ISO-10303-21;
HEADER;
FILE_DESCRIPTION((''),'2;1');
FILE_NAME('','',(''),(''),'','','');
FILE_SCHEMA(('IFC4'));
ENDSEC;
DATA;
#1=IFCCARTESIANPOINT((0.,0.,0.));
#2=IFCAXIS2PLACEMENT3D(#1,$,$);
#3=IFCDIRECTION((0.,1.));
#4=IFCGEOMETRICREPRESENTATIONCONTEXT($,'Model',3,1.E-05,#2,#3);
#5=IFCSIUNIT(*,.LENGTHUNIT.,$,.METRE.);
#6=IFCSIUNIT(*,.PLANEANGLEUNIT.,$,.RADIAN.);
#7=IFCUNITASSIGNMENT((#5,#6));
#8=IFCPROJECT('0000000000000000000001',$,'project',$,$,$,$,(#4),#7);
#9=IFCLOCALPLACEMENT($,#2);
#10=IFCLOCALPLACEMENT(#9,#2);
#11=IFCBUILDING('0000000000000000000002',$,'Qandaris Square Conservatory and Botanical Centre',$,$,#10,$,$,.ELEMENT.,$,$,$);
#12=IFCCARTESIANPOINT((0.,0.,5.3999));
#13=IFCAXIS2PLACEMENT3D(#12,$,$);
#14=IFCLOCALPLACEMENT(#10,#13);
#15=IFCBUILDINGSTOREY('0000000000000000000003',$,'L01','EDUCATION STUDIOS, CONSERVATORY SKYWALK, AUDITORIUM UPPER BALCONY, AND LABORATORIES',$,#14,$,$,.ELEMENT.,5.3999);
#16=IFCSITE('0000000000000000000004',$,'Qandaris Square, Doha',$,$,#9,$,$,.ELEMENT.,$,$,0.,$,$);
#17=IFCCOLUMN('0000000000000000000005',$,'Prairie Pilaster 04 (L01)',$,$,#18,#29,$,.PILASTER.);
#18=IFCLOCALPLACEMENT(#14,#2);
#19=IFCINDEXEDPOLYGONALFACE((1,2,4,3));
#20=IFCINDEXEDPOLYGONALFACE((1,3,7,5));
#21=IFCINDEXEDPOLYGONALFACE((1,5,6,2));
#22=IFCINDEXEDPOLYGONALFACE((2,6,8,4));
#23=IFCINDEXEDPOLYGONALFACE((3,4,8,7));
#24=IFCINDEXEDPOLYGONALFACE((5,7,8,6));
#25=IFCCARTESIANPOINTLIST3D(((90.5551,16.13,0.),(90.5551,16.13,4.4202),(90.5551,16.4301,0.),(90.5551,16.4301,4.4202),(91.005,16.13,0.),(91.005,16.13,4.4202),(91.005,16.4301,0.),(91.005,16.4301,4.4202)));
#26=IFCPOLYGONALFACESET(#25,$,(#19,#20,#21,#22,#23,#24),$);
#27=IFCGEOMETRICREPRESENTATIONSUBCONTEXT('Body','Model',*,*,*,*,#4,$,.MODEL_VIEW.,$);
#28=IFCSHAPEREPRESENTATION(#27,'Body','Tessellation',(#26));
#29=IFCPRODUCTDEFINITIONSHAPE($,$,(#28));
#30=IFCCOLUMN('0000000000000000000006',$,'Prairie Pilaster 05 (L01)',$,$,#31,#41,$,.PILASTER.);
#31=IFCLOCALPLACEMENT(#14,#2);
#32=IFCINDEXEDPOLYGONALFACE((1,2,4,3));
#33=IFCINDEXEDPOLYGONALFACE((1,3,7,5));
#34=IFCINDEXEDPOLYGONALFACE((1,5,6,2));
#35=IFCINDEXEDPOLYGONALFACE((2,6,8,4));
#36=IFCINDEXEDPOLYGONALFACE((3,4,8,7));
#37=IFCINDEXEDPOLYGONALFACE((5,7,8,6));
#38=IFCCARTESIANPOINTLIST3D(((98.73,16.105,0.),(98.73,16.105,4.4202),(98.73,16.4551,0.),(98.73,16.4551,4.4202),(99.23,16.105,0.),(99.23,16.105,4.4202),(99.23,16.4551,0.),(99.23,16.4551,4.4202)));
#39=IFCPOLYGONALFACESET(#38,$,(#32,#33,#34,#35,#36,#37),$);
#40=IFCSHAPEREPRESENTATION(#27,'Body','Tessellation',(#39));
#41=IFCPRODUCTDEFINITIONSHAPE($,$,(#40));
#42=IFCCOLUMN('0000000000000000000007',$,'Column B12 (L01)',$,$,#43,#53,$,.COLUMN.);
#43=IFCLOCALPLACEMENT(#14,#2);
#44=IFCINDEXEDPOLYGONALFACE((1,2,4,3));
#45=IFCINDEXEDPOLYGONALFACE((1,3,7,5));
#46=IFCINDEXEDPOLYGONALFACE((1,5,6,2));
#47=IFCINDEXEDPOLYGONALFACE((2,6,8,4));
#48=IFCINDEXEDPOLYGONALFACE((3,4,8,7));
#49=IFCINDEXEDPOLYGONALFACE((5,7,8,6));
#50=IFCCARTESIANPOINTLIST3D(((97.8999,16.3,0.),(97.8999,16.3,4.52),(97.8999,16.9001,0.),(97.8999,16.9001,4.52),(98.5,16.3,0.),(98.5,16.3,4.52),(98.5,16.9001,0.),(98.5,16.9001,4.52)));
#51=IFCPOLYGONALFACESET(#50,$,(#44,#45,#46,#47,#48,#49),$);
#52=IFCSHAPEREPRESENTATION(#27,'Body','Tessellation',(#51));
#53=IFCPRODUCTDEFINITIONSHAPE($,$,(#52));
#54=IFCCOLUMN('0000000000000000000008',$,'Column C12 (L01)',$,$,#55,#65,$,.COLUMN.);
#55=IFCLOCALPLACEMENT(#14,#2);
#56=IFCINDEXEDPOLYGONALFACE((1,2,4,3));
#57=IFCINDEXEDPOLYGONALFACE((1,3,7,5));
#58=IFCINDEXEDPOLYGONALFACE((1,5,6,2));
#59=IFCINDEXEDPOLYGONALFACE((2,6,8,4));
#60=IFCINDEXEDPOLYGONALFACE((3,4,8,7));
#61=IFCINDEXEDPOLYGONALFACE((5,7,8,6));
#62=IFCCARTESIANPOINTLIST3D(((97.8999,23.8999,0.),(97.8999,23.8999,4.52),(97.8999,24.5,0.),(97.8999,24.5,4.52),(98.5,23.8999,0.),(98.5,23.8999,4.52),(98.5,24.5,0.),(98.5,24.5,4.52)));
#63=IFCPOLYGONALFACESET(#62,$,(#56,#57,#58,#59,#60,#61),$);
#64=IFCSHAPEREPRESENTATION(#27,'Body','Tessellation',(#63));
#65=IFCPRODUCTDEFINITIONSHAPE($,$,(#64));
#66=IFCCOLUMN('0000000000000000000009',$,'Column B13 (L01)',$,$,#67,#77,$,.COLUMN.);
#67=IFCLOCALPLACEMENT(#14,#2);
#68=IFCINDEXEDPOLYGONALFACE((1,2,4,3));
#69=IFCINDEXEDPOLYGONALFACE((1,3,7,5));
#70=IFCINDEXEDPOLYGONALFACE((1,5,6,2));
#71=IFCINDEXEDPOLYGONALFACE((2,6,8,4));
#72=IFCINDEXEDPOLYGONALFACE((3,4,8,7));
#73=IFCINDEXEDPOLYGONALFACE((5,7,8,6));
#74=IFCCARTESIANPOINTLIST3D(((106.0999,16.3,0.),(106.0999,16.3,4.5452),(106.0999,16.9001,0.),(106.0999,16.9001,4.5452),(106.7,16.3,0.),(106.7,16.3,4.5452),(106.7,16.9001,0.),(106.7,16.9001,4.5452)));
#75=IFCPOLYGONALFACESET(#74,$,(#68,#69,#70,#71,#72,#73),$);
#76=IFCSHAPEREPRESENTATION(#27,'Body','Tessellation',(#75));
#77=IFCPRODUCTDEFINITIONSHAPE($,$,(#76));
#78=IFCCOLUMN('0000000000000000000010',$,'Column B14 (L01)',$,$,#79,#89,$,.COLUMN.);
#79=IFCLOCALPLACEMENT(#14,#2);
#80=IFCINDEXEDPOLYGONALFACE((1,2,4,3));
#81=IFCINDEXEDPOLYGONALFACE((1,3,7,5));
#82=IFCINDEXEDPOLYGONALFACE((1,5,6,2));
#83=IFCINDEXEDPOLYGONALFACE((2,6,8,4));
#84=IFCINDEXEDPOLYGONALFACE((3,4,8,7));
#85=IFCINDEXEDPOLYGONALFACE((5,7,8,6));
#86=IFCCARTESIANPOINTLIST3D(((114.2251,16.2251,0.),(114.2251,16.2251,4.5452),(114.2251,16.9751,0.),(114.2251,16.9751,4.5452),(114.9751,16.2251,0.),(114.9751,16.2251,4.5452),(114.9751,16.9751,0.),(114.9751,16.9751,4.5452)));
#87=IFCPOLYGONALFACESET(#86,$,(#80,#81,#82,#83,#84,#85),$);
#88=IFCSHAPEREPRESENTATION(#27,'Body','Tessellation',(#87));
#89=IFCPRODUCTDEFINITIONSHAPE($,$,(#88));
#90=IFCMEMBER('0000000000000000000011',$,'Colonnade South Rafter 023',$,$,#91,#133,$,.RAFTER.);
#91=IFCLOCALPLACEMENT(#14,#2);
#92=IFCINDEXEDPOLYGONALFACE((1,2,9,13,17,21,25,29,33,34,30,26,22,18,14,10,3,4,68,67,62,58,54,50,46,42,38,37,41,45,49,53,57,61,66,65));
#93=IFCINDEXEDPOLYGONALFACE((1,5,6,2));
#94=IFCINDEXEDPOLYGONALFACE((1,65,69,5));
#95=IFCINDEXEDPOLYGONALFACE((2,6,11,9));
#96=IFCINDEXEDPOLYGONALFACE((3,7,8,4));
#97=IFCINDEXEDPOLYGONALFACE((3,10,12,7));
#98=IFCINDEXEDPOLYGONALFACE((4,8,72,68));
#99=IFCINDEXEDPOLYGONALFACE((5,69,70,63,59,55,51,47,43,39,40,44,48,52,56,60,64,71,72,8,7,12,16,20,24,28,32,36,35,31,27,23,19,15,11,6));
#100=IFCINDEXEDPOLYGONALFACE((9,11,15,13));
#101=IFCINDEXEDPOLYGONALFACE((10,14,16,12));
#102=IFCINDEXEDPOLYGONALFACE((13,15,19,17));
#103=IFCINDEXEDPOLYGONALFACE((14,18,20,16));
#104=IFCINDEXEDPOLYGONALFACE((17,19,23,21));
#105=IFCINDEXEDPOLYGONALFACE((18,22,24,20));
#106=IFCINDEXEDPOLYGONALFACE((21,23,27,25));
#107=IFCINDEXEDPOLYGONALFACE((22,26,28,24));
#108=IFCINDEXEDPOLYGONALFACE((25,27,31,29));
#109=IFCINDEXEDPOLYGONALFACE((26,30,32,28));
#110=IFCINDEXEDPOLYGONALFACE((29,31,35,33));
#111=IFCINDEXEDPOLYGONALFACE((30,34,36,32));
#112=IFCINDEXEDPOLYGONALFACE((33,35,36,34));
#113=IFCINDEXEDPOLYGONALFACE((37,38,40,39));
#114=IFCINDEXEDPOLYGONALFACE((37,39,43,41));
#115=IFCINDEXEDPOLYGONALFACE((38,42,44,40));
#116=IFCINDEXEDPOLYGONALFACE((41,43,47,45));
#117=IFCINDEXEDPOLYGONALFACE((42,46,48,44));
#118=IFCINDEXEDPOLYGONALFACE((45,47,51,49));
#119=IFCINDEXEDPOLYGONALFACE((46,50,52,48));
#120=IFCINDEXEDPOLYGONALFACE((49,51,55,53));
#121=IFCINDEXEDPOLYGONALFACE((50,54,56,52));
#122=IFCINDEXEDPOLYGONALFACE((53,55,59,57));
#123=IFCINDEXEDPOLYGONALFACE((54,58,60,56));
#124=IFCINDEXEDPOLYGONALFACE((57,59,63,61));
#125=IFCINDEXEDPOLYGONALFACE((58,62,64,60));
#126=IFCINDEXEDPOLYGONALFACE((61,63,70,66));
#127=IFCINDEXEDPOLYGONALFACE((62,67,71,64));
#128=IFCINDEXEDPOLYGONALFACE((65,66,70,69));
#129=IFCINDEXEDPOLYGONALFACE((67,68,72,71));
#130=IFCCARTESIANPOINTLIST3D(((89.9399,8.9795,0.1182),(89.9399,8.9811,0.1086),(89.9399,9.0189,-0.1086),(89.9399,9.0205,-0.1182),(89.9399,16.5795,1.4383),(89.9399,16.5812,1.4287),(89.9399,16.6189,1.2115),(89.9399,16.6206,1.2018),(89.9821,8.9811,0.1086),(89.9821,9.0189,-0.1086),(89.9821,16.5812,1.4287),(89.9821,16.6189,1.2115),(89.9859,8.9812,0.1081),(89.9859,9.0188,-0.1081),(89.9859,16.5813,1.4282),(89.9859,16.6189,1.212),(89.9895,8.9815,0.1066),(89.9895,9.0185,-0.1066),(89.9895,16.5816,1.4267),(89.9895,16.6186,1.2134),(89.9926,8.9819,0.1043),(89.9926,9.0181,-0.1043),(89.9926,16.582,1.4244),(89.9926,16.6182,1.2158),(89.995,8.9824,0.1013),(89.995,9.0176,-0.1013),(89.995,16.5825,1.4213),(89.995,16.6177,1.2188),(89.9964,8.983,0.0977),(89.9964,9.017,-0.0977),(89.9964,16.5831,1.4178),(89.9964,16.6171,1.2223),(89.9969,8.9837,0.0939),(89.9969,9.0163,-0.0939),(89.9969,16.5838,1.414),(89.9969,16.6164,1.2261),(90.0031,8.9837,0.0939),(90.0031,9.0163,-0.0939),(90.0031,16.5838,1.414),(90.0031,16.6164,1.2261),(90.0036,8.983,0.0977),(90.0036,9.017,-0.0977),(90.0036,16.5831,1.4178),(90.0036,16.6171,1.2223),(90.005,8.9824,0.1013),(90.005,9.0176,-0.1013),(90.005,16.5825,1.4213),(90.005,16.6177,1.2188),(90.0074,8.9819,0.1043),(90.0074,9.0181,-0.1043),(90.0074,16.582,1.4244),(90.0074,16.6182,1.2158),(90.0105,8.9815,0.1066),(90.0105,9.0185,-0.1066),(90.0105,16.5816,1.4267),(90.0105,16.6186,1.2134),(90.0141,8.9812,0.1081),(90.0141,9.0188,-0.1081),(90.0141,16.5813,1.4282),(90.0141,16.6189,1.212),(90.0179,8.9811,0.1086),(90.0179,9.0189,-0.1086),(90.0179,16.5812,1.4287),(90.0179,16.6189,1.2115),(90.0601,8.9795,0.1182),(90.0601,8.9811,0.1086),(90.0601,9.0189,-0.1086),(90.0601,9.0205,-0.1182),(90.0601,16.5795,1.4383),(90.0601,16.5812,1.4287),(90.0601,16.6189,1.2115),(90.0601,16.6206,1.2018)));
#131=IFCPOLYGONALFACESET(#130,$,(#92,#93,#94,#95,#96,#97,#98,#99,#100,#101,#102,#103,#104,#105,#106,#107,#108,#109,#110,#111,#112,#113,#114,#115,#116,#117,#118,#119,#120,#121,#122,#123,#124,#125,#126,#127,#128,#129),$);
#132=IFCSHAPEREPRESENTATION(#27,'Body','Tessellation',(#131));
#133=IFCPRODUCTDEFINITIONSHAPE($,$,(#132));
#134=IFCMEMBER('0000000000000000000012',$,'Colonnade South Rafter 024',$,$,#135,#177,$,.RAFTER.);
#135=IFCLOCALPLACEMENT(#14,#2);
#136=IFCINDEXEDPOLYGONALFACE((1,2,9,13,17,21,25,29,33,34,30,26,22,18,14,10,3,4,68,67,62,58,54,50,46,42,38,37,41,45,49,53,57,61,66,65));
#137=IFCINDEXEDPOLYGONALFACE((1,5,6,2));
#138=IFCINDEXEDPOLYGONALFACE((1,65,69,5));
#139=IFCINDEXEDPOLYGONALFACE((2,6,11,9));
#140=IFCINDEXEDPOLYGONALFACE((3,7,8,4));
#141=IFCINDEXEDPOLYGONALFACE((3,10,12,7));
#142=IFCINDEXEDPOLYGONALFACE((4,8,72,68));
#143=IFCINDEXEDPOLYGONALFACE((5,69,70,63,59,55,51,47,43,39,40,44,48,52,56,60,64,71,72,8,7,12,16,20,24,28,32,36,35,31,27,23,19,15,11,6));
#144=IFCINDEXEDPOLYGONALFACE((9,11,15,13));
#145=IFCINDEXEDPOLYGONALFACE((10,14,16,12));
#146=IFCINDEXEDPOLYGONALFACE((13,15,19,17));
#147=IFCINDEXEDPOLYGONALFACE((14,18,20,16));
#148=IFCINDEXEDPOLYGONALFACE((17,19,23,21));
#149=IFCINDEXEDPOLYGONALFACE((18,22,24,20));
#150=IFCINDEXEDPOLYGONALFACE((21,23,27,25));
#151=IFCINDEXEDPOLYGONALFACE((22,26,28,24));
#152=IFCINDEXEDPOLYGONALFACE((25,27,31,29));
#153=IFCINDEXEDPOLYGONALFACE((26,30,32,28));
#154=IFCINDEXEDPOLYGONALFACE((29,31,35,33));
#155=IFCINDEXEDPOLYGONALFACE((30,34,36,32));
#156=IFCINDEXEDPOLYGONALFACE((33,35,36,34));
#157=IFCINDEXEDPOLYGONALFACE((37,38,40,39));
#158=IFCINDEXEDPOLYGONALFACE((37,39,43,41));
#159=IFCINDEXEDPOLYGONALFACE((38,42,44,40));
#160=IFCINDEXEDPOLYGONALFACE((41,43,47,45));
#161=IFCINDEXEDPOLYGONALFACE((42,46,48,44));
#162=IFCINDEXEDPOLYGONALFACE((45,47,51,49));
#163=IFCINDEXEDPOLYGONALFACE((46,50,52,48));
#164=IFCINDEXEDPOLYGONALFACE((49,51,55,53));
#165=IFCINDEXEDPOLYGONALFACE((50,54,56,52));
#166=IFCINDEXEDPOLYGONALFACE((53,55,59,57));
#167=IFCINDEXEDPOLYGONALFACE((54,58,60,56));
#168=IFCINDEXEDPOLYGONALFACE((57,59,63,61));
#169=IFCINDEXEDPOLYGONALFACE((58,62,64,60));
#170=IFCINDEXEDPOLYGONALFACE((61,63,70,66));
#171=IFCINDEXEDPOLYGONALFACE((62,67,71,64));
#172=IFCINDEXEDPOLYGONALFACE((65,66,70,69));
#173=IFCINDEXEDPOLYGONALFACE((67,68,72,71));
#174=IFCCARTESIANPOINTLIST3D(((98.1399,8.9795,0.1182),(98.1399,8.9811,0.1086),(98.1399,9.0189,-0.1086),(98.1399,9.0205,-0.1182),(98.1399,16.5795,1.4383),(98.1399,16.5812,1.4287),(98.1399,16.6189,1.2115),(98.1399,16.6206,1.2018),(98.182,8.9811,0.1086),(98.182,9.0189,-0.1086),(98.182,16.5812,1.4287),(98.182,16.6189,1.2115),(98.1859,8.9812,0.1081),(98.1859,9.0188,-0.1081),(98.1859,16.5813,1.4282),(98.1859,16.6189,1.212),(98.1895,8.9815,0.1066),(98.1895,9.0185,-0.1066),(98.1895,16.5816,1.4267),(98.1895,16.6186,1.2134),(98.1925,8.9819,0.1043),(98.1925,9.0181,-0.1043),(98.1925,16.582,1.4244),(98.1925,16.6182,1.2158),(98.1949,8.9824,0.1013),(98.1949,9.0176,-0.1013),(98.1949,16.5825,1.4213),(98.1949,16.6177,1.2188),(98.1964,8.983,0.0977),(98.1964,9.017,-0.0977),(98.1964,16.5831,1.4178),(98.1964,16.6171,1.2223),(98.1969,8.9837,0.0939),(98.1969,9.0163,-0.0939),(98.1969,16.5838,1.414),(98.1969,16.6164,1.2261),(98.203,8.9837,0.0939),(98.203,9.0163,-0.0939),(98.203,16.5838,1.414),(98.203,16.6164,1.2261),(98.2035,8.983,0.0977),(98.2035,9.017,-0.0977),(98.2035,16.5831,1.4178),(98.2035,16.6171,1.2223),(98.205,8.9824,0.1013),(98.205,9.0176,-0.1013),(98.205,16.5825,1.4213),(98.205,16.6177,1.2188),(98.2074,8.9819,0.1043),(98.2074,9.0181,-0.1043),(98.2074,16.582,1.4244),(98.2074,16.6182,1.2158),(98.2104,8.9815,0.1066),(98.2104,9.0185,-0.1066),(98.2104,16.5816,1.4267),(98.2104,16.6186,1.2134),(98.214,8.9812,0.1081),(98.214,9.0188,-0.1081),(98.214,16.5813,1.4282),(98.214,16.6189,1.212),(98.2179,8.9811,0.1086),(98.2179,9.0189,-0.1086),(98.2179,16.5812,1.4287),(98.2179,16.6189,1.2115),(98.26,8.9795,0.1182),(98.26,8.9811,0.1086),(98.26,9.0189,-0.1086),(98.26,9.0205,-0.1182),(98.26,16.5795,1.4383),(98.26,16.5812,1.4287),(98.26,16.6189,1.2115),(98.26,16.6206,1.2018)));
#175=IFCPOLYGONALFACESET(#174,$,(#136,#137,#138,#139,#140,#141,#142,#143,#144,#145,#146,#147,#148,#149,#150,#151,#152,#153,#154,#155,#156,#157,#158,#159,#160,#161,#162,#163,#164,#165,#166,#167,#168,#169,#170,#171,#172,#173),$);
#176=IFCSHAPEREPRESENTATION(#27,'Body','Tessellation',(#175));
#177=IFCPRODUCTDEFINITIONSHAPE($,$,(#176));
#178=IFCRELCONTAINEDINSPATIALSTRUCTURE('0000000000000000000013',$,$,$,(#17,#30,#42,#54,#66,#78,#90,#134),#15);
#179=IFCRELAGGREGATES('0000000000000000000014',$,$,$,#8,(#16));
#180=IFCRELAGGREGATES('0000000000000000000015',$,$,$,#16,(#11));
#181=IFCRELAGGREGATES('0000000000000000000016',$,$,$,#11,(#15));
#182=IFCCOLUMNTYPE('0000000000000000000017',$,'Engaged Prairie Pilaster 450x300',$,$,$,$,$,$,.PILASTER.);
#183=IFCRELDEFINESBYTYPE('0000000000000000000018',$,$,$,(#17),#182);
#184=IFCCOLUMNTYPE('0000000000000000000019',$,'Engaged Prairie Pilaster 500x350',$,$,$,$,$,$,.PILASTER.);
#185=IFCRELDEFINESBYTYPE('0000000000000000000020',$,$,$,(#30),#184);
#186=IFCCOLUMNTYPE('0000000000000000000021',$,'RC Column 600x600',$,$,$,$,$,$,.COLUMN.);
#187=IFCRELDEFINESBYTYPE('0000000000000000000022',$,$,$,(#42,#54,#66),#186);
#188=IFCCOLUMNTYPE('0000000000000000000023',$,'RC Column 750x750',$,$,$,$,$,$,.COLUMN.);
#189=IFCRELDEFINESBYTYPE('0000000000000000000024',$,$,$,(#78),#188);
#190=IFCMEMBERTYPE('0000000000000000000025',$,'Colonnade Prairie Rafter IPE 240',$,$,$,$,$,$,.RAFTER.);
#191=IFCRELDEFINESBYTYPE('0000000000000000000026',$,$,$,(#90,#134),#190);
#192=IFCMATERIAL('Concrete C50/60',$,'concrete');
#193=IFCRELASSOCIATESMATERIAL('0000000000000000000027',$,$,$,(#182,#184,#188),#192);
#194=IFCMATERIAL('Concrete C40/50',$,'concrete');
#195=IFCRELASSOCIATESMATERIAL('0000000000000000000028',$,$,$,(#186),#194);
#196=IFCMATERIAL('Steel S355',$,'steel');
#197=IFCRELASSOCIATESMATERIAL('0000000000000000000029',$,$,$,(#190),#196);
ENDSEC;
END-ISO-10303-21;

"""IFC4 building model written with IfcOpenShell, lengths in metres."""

from ifc_helpers import new_model, si_unit, direction, frame, origin, origin_2d, place, context, subcontext, project, spatial, rectangle, i_section, extrude, material, material_profile, profile_set, type_object, element, save


model = new_model("IFC4")

# Units and contexts
model_context = context("Model", 3, precision=1e-05, world=origin(), true_north=direction((0.0, 1.0)))
body_context = subcontext(model_context, "Body", "Model", "MODEL_VIEW")
ifc_project = project(units=[si_unit("LENGTHUNIT", "METRE"), si_unit("PLANEANGLEUNIT", "RADIAN")], contexts=[model_context])

# Site, building, storey
site_placement = place(None, origin())
site = spatial("IfcSite", under=ifc_project, at=site_placement, Name="Qandaris Square, Doha", CompositionType="ELEMENT", RefElevation=0.0)
building_placement = place(site_placement, origin())
building = spatial("IfcBuilding", under=site, at=building_placement, Name="Qandaris Square Conservatory and Botanical Centre", CompositionType="ELEMENT")
storey_placement = place(building_placement, frame((0.0, 0.0, 5.3999)))
storey = spatial("IfcBuildingStorey", under=building, at=storey_placement, Name="L01", Description="EDUCATION STUDIOS, CONSERVATORY SKYWALK, AUDITORIUM UPPER BALCONY, AND LABORATORIES", CompositionType="ELEMENT", Elevation=5.3999)

# Columns
ifc_material_1 = material(Name="Concrete C50/60", Category="concrete")
ifc_material_profile_1 = material_profile(ifc_material_1, rectangle(XDim=0.45, YDim=0.3, at=origin_2d()), Name="RC-PIL 450x300")
ifc_profile_set_1 = profile_set([ifc_material_profile_1], Name="Concrete C50/60")
column_type_1 = type_object("IfcColumnType", Name="Engaged Prairie Pilaster 450x300", PredefinedType="PILASTER", material=ifc_profile_set_1)
column_1_placement = place(storey_placement, frame((90.78, 16.28, 0.0), z_axis=(0.0, 0.0, 1.0), x_axis=(1.0, 0.0, 0.0)))
element("IfcColumn", 1, at=column_1_placement, inside=storey, type_object=column_type_1, Name="Prairie Pilaster 04 (L01)", PredefinedType="PILASTER", context=body_context, shape_type="SweptSolid", body=[
    extrude(rectangle(XDim=0.45, YDim=0.3, at=origin_2d()), origin(), (0.0, 0.0, 1.0), 4.4202),
])
ifc_material_profile_2 = material_profile(ifc_material_1, rectangle(XDim=0.5, YDim=0.3501, at=origin_2d()), Name="RC-PIL 500x350")
ifc_profile_set_2 = profile_set([ifc_material_profile_2], Name="Concrete C50/60")
column_type_2 = type_object("IfcColumnType", Name="Engaged Prairie Pilaster 500x350", PredefinedType="PILASTER", material=ifc_profile_set_2)
column_2_placement = place(storey_placement, frame((98.98, 16.28, 0.0), z_axis=(0.0, 0.0, 1.0), x_axis=(1.0, 0.0, 0.0)))
element("IfcColumn", 2, at=column_2_placement, inside=storey, type_object=column_type_2, Name="Prairie Pilaster 05 (L01)", PredefinedType="PILASTER", context=body_context, shape_type="SweptSolid", body=[
    extrude(rectangle(XDim=0.5, YDim=0.3501, at=origin_2d()), origin(), (0.0, 0.0, 1.0), 4.4202),
])
ifc_material_2 = material(Name="Concrete C40/50", Category="concrete")
ifc_material_profile_3 = material_profile(ifc_material_2, rectangle(XDim=0.6001, YDim=0.6001, at=origin_2d()), Name="RC-COL 600x600")
ifc_profile_set_3 = profile_set([ifc_material_profile_3], Name="Concrete C40/50")
column_type_3 = type_object("IfcColumnType", Name="RC Column 600x600", PredefinedType="COLUMN", material=ifc_profile_set_3)
for number, where, z_axis, x_axis, name in (
    (3, (98.2, 16.6001, 0.0), (0.0, 0.0, 1.0), (1.0, 0.0, 0.0), "Column B12 (L01)"),
    (4, (98.2, 24.2, 0.0), (0.0, 0.0, 1.0), (1.0, 0.0, 0.0), "Column C12 (L01)"),
):
    element("IfcColumn", number, at=place(storey_placement, frame(where, z_axis=z_axis, x_axis=x_axis)), inside=storey, type_object=column_type_3, Name=name, PredefinedType="COLUMN", context=body_context, shape_type="SweptSolid", body=[
        extrude(rectangle(XDim=0.6001, YDim=0.6001, at=origin_2d()), origin(), (0.0, 0.0, 1.0), 4.52),
    ])
column_3_placement = place(storey_placement, frame((106.3999, 16.6001, 0.0), z_axis=(0.0, 0.0, 1.0), x_axis=(1.0, 0.0, 0.0)))
element("IfcColumn", 5, at=column_3_placement, inside=storey, type_object=column_type_3, Name="Column B13 (L01)", PredefinedType="COLUMN", context=body_context, shape_type="SweptSolid", body=[
    extrude(rectangle(XDim=0.6001, YDim=0.6001, at=origin_2d()), origin(), (0.0, 0.0, 1.0), 4.5452),
])
ifc_material_profile_4 = material_profile(ifc_material_1, rectangle(XDim=0.75, YDim=0.75, at=origin_2d()), Name="RC-COL 750x750")
ifc_profile_set_4 = profile_set([ifc_material_profile_4], Name="Concrete C50/60")
column_type_4 = type_object("IfcColumnType", Name="RC Column 750x750", PredefinedType="COLUMN", material=ifc_profile_set_4)
column_4_placement = place(storey_placement, frame((114.6001, 16.6001, 0.0), z_axis=(0.0, 0.0, 1.0), x_axis=(1.0, 0.0, 0.0)))
element("IfcColumn", 6, at=column_4_placement, inside=storey, type_object=column_type_4, Name="Column B14 (L01)", PredefinedType="COLUMN", context=body_context, shape_type="SweptSolid", body=[
    extrude(rectangle(XDim=0.75, YDim=0.75, at=origin_2d()), origin(), (0.0, 0.0, 1.0), 4.5452),
])

# Members
ifc_material_3 = material(Name="Steel S355", Category="steel")
ifc_material_profile_5 = material_profile(ifc_material_3, i_section(OverallWidth=0.1201, OverallDepth=0.24, WebThickness=0.0061, FlangeThickness=0.0098, FilletRadius=0.0149, at=origin_2d()), Name="IPE 240")
ifc_profile_set_5 = profile_set([ifc_material_profile_5], Name="Steel S355")
member_type = type_object("IfcMemberType", Name="Colonnade Prairie Rafter IPE 240", PredefinedType="RAFTER", material=ifc_profile_set_5)
for number, where, z_axis, x_axis, name in (
    (7, (90.0, 9.0, 0.0), (0.0, 0.985249, 0.171129), (-1.0, 0.0, 0.0), "Colonnade South Rafter 023"),
    (8, (98.2, 9.0, 0.0), (0.0, 0.985249, 0.171129), (-1.0, 0.0, 0.0), "Colonnade South Rafter 024"),
):
    element("IfcMember", number, at=place(storey_placement, frame(where, z_axis=z_axis, x_axis=x_axis)), inside=storey, type_object=member_type, Name=name, PredefinedType="RAFTER", context=body_context, shape_type="SweptSolid", body=[
        extrude(i_section(OverallWidth=0.1201, OverallDepth=0.24, WebThickness=0.0061, FlangeThickness=0.0098, FilletRadius=0.0149, at=origin_2d()), origin(), (0.0, 0.0, 1.0), 7.7139),
    ])

save(model, "model.ifc")
